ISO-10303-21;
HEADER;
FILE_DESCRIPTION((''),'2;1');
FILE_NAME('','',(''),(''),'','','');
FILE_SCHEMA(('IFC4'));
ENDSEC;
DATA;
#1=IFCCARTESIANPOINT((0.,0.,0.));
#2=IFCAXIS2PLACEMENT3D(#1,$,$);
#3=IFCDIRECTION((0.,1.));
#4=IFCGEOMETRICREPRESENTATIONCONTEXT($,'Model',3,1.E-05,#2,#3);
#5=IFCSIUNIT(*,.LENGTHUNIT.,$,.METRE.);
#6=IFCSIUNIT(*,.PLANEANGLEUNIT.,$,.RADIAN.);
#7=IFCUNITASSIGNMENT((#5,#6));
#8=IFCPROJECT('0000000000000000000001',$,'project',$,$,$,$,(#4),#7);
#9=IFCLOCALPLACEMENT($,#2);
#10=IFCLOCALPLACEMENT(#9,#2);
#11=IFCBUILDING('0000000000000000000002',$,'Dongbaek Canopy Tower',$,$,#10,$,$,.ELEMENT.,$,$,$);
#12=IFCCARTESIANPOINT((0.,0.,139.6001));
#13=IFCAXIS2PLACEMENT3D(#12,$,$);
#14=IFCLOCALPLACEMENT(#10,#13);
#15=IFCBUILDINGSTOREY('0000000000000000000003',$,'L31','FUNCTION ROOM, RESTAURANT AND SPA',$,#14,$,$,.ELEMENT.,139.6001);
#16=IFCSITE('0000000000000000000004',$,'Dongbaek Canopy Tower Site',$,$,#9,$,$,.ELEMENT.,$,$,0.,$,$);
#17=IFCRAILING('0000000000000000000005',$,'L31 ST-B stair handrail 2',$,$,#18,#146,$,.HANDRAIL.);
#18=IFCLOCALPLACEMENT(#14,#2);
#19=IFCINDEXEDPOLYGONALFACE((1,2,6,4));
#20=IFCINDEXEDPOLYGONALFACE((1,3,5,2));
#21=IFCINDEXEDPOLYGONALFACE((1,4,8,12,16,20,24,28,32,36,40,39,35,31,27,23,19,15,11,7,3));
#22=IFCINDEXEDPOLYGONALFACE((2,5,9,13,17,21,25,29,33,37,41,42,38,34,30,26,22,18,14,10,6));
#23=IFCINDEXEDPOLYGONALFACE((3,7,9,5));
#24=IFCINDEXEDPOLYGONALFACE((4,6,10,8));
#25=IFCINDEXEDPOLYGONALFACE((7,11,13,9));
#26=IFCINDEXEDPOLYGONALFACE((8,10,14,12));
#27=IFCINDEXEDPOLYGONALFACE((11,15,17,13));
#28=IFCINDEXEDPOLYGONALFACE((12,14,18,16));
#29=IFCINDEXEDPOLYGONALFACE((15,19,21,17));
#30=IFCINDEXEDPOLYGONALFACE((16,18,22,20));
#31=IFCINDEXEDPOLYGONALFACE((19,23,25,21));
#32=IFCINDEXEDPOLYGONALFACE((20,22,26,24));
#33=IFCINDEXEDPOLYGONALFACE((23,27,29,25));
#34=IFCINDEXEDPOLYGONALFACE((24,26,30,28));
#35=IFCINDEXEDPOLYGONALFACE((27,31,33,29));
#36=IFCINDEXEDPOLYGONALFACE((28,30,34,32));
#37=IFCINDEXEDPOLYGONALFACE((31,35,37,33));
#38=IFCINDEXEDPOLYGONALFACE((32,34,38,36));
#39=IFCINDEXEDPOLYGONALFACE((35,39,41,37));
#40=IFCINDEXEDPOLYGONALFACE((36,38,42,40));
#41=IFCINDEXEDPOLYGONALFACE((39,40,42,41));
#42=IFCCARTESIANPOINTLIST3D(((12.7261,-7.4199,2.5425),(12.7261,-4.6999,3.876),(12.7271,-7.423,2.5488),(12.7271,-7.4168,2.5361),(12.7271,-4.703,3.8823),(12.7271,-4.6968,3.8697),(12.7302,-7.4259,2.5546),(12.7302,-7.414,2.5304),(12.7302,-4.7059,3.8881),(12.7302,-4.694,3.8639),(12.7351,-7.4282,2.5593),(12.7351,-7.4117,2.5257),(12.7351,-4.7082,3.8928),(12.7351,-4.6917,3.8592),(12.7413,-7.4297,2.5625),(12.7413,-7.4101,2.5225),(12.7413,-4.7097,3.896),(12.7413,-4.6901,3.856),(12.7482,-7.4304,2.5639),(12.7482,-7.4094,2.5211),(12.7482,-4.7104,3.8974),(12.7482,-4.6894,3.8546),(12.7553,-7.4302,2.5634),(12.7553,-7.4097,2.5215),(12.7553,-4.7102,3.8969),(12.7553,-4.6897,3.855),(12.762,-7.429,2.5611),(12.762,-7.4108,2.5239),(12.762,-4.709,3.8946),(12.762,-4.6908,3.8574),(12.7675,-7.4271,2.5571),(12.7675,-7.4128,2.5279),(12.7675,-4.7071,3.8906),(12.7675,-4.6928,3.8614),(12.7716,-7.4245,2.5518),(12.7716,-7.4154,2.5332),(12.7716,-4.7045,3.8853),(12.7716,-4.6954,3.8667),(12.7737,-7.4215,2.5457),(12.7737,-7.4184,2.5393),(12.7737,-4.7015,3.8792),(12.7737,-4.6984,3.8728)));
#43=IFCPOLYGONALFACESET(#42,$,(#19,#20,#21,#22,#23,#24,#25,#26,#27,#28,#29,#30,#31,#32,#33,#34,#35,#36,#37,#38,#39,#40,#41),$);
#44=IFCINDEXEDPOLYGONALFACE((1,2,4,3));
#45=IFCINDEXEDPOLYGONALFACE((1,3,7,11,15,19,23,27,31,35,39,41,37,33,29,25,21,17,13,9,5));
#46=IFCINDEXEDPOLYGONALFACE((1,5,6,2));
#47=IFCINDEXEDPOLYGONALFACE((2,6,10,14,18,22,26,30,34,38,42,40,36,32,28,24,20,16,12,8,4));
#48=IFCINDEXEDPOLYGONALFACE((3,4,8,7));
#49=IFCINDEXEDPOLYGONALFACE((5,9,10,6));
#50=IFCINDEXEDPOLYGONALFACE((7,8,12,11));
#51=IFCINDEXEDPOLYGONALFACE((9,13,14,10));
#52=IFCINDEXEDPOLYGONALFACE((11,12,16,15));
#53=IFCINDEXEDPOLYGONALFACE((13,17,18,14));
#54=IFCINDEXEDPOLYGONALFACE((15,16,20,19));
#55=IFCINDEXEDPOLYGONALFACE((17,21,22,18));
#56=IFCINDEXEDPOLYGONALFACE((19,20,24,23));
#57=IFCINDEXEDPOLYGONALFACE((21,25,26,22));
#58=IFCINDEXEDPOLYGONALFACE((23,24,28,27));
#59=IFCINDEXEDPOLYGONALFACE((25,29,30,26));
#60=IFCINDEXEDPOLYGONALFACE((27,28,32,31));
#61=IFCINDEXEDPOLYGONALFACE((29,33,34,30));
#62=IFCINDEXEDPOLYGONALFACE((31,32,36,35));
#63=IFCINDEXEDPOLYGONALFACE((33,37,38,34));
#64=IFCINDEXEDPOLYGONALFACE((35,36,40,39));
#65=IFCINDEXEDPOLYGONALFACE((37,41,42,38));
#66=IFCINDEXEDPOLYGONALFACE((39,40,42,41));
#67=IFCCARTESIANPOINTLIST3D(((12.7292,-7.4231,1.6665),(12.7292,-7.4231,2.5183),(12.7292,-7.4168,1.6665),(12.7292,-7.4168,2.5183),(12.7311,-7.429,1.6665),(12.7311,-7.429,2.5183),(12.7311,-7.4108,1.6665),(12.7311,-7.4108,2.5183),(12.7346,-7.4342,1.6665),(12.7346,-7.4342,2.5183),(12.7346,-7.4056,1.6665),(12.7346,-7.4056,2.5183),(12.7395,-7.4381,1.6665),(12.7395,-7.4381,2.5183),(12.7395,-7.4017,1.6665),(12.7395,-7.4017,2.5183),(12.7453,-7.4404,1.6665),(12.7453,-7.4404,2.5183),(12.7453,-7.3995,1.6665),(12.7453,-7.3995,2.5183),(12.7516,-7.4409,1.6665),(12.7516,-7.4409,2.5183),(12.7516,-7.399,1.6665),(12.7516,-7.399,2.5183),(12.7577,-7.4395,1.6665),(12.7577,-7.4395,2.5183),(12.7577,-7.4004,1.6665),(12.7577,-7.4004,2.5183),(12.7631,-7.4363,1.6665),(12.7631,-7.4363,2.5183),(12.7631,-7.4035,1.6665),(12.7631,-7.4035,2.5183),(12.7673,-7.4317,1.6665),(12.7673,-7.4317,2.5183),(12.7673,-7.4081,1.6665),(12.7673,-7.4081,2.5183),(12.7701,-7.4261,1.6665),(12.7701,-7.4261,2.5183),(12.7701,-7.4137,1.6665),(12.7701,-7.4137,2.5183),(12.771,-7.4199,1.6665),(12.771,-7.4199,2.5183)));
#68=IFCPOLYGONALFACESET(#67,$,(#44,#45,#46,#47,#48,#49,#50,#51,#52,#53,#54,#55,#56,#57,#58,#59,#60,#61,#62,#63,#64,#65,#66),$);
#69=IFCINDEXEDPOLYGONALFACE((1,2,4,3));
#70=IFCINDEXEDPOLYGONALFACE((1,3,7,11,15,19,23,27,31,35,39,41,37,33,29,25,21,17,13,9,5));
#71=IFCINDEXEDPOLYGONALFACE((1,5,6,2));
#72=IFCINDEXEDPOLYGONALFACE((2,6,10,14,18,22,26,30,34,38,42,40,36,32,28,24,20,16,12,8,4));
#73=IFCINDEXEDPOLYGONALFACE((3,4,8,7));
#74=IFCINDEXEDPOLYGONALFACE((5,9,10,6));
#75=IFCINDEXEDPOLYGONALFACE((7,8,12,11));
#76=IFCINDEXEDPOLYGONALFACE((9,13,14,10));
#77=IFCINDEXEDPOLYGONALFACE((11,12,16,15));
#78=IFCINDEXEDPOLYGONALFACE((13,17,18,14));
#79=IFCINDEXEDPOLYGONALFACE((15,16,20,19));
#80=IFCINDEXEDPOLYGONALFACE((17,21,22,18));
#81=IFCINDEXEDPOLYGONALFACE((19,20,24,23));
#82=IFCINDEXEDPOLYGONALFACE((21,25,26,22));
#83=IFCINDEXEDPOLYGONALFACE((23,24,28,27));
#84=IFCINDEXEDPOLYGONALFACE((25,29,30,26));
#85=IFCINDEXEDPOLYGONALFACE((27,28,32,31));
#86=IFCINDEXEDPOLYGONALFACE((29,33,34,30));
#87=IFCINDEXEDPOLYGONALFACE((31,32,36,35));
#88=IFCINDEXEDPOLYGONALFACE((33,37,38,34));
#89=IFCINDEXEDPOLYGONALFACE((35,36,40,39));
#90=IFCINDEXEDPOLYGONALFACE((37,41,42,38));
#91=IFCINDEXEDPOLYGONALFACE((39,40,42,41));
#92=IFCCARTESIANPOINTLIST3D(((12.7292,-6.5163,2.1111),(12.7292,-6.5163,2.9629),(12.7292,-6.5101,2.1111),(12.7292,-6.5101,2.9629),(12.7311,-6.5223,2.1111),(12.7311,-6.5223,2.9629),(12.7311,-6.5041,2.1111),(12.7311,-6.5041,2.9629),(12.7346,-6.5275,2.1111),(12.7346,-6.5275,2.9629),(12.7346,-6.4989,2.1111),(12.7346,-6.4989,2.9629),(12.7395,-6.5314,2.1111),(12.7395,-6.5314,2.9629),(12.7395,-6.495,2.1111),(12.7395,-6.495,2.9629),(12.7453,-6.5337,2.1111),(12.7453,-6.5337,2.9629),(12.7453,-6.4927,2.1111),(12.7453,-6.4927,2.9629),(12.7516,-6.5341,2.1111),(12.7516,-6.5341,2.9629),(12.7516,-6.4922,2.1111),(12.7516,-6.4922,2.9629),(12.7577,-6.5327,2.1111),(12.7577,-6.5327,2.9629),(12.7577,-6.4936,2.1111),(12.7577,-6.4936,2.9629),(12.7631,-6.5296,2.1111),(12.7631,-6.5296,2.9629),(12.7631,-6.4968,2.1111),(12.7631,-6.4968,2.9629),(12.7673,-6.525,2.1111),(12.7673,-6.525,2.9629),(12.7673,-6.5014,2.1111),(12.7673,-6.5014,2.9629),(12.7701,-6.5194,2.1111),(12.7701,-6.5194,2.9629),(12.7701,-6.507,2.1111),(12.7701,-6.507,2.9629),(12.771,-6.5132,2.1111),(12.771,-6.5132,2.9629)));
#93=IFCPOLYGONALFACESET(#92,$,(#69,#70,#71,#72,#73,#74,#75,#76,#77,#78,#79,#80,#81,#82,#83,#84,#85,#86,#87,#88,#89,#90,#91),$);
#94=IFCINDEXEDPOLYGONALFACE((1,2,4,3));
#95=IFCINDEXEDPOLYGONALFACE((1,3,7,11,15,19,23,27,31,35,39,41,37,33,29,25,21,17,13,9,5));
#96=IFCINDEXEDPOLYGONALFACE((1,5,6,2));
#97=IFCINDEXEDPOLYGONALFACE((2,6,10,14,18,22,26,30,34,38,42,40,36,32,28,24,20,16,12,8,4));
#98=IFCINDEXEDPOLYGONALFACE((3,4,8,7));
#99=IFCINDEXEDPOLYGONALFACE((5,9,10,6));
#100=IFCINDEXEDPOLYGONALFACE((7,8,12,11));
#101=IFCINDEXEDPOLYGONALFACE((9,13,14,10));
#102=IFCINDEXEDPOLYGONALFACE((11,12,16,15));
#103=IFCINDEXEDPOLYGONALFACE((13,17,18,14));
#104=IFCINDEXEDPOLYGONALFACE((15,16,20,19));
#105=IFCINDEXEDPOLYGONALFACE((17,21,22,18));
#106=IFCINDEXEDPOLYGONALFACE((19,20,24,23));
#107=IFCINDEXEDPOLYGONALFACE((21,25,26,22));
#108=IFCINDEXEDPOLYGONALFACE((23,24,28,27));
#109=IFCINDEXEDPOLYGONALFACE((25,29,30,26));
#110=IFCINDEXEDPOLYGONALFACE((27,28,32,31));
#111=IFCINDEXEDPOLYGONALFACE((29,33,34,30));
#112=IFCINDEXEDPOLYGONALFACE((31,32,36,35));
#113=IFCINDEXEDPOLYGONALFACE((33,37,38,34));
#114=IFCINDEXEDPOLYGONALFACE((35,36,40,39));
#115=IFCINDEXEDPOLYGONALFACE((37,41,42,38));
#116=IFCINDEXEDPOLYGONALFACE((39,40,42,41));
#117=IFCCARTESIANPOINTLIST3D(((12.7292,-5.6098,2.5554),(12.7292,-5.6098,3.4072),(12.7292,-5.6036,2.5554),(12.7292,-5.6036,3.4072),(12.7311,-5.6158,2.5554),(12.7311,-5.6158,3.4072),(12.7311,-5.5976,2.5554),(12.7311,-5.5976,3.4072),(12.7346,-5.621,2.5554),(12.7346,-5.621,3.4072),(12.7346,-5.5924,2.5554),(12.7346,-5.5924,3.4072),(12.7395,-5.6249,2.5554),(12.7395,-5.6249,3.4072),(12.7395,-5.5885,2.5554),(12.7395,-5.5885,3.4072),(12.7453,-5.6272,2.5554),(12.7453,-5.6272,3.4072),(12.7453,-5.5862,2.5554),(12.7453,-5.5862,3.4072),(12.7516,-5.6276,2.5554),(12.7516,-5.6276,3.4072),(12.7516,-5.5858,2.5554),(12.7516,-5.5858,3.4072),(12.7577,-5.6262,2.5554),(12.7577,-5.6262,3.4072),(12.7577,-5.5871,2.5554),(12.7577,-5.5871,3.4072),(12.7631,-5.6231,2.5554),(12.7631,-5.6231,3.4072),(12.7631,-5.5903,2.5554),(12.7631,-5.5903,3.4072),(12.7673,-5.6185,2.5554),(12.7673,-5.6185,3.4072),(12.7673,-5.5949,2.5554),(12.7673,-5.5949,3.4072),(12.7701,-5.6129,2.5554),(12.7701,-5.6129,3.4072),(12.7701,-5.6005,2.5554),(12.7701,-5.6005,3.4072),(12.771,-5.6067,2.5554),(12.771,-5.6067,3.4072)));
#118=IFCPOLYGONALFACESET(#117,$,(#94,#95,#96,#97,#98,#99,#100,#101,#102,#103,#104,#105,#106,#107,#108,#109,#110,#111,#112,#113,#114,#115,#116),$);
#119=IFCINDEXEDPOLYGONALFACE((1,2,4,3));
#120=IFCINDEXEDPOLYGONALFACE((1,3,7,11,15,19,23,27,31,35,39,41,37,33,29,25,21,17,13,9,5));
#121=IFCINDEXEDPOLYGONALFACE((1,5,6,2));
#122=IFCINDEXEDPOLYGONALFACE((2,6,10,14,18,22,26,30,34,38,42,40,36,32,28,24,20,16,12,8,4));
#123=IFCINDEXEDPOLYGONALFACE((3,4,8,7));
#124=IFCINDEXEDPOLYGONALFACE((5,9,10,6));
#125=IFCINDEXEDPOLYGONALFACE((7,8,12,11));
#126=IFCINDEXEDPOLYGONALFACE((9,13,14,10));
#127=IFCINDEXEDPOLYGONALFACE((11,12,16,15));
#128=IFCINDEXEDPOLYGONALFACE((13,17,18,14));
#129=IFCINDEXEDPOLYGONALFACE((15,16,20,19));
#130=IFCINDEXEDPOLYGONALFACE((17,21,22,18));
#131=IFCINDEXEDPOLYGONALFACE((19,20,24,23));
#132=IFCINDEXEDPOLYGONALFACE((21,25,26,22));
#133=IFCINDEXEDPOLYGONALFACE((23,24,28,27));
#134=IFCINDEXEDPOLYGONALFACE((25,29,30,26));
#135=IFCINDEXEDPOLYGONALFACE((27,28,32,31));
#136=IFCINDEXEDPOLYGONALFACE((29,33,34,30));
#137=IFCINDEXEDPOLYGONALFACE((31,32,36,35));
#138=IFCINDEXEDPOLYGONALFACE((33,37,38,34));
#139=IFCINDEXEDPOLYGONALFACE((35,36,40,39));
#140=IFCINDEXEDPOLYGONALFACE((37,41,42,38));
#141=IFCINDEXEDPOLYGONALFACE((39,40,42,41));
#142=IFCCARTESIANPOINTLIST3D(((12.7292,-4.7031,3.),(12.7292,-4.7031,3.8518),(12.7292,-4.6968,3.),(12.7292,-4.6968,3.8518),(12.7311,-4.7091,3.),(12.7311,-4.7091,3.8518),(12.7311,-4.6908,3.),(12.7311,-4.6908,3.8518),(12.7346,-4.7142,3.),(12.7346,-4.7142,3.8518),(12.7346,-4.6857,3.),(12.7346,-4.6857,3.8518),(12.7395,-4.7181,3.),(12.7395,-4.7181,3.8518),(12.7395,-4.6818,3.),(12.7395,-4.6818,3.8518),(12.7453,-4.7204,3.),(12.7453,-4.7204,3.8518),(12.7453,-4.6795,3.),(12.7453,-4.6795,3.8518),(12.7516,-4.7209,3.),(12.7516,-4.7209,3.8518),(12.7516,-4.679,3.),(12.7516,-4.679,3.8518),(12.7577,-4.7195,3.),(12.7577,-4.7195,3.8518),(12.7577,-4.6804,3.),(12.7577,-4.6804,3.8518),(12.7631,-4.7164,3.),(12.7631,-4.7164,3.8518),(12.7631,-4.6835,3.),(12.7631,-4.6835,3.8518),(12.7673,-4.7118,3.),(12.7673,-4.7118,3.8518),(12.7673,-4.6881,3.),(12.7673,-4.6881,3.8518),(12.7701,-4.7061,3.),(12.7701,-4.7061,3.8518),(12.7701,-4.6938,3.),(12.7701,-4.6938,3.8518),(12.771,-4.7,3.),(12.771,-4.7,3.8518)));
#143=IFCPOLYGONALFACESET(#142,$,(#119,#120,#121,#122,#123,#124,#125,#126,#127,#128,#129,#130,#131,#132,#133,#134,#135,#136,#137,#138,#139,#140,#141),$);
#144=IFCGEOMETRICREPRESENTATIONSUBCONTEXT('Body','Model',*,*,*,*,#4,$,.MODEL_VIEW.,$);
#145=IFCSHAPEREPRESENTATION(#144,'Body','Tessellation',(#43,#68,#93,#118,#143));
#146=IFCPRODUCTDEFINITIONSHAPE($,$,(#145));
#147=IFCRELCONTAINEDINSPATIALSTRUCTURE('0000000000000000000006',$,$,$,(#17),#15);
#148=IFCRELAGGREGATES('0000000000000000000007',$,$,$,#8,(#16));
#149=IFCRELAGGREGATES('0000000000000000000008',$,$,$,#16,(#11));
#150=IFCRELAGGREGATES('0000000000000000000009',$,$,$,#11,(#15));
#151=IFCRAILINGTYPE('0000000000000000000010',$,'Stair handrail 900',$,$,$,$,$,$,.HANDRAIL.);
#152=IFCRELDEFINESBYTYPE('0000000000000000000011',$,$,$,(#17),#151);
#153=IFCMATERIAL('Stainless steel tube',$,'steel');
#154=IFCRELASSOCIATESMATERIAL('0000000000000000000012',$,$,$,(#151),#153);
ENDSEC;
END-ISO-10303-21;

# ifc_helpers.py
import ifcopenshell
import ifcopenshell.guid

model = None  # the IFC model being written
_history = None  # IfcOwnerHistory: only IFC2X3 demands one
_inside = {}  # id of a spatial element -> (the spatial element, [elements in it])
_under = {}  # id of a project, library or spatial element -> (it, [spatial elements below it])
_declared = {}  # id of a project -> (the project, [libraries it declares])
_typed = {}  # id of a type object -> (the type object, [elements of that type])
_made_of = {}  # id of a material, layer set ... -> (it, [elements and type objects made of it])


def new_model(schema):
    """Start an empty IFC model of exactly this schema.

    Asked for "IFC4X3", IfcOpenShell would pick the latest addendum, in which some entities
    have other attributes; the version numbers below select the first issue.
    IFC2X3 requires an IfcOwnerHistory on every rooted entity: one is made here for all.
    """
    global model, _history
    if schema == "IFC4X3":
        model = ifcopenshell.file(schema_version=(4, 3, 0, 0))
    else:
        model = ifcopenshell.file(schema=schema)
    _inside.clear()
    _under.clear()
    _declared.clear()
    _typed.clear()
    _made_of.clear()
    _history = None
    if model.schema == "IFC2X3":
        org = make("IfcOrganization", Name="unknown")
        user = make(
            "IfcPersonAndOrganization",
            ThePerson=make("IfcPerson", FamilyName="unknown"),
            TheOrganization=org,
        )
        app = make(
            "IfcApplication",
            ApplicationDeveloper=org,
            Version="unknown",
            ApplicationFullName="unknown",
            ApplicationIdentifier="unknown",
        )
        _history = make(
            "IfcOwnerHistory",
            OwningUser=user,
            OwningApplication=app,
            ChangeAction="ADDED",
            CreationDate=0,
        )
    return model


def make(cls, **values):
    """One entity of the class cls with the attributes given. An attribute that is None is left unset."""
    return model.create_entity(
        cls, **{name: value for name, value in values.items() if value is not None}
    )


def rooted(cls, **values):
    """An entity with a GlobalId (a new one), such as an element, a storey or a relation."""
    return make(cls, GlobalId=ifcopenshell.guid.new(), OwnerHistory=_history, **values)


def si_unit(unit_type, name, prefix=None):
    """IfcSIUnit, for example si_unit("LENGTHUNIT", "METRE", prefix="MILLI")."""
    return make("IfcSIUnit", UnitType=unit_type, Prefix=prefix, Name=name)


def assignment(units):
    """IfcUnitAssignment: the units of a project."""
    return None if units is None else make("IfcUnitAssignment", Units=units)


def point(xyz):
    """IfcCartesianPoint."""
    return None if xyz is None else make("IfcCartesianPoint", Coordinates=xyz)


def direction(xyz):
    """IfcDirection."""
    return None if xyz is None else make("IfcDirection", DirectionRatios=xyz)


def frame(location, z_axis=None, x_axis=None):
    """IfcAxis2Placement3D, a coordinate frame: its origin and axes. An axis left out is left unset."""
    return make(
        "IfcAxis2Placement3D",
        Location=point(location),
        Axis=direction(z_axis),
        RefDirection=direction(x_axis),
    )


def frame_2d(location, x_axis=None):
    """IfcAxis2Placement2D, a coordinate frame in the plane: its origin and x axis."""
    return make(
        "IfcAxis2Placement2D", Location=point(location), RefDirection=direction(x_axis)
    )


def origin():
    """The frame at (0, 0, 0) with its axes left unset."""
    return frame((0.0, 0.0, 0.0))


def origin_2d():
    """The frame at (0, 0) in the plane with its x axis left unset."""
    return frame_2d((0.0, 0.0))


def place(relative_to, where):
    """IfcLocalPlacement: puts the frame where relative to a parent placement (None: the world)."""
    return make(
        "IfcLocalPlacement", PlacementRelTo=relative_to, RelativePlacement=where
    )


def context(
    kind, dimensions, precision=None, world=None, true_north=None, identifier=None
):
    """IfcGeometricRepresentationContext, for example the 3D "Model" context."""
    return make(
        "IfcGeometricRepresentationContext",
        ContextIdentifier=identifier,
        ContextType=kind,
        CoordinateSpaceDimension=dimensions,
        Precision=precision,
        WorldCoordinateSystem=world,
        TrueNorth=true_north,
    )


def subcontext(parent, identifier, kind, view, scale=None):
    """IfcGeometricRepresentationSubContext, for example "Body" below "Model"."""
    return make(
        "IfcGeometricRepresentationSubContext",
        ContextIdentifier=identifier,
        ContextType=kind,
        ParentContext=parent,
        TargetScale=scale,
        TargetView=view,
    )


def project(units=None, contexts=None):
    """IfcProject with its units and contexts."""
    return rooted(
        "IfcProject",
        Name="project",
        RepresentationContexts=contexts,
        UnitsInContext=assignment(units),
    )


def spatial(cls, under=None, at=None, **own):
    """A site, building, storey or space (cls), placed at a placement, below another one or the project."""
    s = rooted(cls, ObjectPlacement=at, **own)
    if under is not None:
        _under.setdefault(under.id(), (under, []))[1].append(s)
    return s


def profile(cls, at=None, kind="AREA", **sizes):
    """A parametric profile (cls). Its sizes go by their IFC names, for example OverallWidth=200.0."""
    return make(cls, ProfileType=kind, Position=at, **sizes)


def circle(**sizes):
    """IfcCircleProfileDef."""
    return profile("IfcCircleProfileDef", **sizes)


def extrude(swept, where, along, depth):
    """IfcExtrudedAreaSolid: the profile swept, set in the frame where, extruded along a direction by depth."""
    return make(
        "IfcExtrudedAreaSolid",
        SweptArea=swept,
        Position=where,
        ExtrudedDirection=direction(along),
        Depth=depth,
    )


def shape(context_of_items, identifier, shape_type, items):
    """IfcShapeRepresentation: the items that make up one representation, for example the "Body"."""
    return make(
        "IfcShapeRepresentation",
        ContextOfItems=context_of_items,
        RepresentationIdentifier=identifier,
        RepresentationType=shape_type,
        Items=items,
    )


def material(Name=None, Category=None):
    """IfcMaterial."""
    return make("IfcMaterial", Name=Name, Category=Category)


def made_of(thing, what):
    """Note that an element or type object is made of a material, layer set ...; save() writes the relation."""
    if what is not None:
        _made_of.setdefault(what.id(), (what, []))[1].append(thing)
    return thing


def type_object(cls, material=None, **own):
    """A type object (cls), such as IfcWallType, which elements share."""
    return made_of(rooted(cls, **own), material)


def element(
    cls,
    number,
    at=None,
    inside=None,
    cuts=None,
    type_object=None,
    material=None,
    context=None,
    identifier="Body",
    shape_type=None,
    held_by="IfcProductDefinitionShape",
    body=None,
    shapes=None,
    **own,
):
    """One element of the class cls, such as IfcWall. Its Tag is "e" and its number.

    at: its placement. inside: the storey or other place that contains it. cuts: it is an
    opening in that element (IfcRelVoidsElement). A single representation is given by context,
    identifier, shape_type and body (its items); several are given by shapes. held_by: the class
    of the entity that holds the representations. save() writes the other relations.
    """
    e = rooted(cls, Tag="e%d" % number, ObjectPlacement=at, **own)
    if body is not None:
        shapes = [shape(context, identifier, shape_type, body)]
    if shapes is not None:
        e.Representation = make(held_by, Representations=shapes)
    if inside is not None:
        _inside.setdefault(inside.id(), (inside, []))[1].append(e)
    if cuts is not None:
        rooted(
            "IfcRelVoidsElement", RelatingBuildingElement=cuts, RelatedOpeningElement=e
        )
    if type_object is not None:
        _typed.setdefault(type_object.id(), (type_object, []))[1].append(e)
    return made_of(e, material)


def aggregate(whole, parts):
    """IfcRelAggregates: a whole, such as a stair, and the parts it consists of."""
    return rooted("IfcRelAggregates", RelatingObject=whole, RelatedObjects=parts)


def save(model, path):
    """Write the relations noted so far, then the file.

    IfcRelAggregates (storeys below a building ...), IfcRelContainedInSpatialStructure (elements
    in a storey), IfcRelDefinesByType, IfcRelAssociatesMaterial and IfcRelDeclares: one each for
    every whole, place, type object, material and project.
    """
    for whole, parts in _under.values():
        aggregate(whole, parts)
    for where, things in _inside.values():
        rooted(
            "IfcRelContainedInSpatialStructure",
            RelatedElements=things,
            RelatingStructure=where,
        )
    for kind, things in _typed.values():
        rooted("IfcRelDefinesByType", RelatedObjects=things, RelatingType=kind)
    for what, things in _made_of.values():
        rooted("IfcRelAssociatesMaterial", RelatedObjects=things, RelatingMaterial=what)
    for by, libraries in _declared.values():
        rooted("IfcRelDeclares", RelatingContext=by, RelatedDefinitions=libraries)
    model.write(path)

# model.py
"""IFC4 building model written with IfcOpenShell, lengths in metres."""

from ifc_helpers import new_model, si_unit, direction, frame, origin, origin_2d, place, context, subcontext, project, spatial, circle, extrude, material, type_object, element, save


model = new_model("IFC4")

# Units and contexts
model_context = context("Model", 3, precision=1e-05, world=origin(), true_north=direction((0.0, 1.0)))
body_context = subcontext(model_context, "Body", "Model", "MODEL_VIEW")
ifc_project = project(units=[si_unit("LENGTHUNIT", "METRE"), si_unit("PLANEANGLEUNIT", "RADIAN")], contexts=[model_context])

# Site, building, storey
site_placement = place(None, origin())
site = spatial("IfcSite", under=ifc_project, at=site_placement, Name="Dongbaek Canopy Tower Site", CompositionType="ELEMENT", RefElevation=0.0)
building_placement = place(site_placement, origin())
building = spatial("IfcBuilding", under=site, at=building_placement, Name="Dongbaek Canopy Tower", CompositionType="ELEMENT")
storey_placement = place(building_placement, frame((0.0, 0.0, 139.6001)))
storey = spatial("IfcBuildingStorey", under=building, at=storey_placement, Name="L31", Description="FUNCTION ROOM, RESTAURANT AND SPA", CompositionType="ELEMENT", Elevation=139.6001)

# Railing
ifc_material_1 = material(Name="Stainless steel tube", Category="steel")
railing_type_1 = type_object("IfcRailingType", Name="Stair handrail 900", PredefinedType="HANDRAIL", material=ifc_material_1)
for number, where, name in (
    (1, (12.75, -7.4199, 1.6665), "L31 ST-B stair handrail 2"),
):
    element("IfcRailing", number, at=place(storey_placement, frame(where)), inside=storey, type_object=railing_type_1, Name=name, PredefinedType="HANDRAIL", context=body_context, shape_type="SweptSolid", body=[
        extrude(circle(Radius=0.0239, at=origin_2d()), frame((0.0, 0.0, 0.876), z_axis=(0.0, 0.897898, 0.440204), x_axis=(-1.0, 0.0, 0.0)), (0.0, 0.0, 1.0), 3.0293),
        extrude(circle(Radius=0.021, at=origin_2d()), origin(), (0.0, 0.0, 1.0), 0.8518),
        extrude(circle(Radius=0.021, at=origin_2d()), frame((0.0, 0.9067, 0.4446)), (0.0, 0.0, 1.0), 0.8518),
        extrude(circle(Radius=0.021, at=origin_2d()), frame((0.0, 1.8132, 0.8889)), (0.0, 0.0, 1.0), 0.8518),
        extrude(circle(Radius=0.021, at=origin_2d()), frame((0.0, 2.72, 1.3335)), (0.0, 0.0, 1.0), 0.8518),
    ])

save(model, "model.ifc")
